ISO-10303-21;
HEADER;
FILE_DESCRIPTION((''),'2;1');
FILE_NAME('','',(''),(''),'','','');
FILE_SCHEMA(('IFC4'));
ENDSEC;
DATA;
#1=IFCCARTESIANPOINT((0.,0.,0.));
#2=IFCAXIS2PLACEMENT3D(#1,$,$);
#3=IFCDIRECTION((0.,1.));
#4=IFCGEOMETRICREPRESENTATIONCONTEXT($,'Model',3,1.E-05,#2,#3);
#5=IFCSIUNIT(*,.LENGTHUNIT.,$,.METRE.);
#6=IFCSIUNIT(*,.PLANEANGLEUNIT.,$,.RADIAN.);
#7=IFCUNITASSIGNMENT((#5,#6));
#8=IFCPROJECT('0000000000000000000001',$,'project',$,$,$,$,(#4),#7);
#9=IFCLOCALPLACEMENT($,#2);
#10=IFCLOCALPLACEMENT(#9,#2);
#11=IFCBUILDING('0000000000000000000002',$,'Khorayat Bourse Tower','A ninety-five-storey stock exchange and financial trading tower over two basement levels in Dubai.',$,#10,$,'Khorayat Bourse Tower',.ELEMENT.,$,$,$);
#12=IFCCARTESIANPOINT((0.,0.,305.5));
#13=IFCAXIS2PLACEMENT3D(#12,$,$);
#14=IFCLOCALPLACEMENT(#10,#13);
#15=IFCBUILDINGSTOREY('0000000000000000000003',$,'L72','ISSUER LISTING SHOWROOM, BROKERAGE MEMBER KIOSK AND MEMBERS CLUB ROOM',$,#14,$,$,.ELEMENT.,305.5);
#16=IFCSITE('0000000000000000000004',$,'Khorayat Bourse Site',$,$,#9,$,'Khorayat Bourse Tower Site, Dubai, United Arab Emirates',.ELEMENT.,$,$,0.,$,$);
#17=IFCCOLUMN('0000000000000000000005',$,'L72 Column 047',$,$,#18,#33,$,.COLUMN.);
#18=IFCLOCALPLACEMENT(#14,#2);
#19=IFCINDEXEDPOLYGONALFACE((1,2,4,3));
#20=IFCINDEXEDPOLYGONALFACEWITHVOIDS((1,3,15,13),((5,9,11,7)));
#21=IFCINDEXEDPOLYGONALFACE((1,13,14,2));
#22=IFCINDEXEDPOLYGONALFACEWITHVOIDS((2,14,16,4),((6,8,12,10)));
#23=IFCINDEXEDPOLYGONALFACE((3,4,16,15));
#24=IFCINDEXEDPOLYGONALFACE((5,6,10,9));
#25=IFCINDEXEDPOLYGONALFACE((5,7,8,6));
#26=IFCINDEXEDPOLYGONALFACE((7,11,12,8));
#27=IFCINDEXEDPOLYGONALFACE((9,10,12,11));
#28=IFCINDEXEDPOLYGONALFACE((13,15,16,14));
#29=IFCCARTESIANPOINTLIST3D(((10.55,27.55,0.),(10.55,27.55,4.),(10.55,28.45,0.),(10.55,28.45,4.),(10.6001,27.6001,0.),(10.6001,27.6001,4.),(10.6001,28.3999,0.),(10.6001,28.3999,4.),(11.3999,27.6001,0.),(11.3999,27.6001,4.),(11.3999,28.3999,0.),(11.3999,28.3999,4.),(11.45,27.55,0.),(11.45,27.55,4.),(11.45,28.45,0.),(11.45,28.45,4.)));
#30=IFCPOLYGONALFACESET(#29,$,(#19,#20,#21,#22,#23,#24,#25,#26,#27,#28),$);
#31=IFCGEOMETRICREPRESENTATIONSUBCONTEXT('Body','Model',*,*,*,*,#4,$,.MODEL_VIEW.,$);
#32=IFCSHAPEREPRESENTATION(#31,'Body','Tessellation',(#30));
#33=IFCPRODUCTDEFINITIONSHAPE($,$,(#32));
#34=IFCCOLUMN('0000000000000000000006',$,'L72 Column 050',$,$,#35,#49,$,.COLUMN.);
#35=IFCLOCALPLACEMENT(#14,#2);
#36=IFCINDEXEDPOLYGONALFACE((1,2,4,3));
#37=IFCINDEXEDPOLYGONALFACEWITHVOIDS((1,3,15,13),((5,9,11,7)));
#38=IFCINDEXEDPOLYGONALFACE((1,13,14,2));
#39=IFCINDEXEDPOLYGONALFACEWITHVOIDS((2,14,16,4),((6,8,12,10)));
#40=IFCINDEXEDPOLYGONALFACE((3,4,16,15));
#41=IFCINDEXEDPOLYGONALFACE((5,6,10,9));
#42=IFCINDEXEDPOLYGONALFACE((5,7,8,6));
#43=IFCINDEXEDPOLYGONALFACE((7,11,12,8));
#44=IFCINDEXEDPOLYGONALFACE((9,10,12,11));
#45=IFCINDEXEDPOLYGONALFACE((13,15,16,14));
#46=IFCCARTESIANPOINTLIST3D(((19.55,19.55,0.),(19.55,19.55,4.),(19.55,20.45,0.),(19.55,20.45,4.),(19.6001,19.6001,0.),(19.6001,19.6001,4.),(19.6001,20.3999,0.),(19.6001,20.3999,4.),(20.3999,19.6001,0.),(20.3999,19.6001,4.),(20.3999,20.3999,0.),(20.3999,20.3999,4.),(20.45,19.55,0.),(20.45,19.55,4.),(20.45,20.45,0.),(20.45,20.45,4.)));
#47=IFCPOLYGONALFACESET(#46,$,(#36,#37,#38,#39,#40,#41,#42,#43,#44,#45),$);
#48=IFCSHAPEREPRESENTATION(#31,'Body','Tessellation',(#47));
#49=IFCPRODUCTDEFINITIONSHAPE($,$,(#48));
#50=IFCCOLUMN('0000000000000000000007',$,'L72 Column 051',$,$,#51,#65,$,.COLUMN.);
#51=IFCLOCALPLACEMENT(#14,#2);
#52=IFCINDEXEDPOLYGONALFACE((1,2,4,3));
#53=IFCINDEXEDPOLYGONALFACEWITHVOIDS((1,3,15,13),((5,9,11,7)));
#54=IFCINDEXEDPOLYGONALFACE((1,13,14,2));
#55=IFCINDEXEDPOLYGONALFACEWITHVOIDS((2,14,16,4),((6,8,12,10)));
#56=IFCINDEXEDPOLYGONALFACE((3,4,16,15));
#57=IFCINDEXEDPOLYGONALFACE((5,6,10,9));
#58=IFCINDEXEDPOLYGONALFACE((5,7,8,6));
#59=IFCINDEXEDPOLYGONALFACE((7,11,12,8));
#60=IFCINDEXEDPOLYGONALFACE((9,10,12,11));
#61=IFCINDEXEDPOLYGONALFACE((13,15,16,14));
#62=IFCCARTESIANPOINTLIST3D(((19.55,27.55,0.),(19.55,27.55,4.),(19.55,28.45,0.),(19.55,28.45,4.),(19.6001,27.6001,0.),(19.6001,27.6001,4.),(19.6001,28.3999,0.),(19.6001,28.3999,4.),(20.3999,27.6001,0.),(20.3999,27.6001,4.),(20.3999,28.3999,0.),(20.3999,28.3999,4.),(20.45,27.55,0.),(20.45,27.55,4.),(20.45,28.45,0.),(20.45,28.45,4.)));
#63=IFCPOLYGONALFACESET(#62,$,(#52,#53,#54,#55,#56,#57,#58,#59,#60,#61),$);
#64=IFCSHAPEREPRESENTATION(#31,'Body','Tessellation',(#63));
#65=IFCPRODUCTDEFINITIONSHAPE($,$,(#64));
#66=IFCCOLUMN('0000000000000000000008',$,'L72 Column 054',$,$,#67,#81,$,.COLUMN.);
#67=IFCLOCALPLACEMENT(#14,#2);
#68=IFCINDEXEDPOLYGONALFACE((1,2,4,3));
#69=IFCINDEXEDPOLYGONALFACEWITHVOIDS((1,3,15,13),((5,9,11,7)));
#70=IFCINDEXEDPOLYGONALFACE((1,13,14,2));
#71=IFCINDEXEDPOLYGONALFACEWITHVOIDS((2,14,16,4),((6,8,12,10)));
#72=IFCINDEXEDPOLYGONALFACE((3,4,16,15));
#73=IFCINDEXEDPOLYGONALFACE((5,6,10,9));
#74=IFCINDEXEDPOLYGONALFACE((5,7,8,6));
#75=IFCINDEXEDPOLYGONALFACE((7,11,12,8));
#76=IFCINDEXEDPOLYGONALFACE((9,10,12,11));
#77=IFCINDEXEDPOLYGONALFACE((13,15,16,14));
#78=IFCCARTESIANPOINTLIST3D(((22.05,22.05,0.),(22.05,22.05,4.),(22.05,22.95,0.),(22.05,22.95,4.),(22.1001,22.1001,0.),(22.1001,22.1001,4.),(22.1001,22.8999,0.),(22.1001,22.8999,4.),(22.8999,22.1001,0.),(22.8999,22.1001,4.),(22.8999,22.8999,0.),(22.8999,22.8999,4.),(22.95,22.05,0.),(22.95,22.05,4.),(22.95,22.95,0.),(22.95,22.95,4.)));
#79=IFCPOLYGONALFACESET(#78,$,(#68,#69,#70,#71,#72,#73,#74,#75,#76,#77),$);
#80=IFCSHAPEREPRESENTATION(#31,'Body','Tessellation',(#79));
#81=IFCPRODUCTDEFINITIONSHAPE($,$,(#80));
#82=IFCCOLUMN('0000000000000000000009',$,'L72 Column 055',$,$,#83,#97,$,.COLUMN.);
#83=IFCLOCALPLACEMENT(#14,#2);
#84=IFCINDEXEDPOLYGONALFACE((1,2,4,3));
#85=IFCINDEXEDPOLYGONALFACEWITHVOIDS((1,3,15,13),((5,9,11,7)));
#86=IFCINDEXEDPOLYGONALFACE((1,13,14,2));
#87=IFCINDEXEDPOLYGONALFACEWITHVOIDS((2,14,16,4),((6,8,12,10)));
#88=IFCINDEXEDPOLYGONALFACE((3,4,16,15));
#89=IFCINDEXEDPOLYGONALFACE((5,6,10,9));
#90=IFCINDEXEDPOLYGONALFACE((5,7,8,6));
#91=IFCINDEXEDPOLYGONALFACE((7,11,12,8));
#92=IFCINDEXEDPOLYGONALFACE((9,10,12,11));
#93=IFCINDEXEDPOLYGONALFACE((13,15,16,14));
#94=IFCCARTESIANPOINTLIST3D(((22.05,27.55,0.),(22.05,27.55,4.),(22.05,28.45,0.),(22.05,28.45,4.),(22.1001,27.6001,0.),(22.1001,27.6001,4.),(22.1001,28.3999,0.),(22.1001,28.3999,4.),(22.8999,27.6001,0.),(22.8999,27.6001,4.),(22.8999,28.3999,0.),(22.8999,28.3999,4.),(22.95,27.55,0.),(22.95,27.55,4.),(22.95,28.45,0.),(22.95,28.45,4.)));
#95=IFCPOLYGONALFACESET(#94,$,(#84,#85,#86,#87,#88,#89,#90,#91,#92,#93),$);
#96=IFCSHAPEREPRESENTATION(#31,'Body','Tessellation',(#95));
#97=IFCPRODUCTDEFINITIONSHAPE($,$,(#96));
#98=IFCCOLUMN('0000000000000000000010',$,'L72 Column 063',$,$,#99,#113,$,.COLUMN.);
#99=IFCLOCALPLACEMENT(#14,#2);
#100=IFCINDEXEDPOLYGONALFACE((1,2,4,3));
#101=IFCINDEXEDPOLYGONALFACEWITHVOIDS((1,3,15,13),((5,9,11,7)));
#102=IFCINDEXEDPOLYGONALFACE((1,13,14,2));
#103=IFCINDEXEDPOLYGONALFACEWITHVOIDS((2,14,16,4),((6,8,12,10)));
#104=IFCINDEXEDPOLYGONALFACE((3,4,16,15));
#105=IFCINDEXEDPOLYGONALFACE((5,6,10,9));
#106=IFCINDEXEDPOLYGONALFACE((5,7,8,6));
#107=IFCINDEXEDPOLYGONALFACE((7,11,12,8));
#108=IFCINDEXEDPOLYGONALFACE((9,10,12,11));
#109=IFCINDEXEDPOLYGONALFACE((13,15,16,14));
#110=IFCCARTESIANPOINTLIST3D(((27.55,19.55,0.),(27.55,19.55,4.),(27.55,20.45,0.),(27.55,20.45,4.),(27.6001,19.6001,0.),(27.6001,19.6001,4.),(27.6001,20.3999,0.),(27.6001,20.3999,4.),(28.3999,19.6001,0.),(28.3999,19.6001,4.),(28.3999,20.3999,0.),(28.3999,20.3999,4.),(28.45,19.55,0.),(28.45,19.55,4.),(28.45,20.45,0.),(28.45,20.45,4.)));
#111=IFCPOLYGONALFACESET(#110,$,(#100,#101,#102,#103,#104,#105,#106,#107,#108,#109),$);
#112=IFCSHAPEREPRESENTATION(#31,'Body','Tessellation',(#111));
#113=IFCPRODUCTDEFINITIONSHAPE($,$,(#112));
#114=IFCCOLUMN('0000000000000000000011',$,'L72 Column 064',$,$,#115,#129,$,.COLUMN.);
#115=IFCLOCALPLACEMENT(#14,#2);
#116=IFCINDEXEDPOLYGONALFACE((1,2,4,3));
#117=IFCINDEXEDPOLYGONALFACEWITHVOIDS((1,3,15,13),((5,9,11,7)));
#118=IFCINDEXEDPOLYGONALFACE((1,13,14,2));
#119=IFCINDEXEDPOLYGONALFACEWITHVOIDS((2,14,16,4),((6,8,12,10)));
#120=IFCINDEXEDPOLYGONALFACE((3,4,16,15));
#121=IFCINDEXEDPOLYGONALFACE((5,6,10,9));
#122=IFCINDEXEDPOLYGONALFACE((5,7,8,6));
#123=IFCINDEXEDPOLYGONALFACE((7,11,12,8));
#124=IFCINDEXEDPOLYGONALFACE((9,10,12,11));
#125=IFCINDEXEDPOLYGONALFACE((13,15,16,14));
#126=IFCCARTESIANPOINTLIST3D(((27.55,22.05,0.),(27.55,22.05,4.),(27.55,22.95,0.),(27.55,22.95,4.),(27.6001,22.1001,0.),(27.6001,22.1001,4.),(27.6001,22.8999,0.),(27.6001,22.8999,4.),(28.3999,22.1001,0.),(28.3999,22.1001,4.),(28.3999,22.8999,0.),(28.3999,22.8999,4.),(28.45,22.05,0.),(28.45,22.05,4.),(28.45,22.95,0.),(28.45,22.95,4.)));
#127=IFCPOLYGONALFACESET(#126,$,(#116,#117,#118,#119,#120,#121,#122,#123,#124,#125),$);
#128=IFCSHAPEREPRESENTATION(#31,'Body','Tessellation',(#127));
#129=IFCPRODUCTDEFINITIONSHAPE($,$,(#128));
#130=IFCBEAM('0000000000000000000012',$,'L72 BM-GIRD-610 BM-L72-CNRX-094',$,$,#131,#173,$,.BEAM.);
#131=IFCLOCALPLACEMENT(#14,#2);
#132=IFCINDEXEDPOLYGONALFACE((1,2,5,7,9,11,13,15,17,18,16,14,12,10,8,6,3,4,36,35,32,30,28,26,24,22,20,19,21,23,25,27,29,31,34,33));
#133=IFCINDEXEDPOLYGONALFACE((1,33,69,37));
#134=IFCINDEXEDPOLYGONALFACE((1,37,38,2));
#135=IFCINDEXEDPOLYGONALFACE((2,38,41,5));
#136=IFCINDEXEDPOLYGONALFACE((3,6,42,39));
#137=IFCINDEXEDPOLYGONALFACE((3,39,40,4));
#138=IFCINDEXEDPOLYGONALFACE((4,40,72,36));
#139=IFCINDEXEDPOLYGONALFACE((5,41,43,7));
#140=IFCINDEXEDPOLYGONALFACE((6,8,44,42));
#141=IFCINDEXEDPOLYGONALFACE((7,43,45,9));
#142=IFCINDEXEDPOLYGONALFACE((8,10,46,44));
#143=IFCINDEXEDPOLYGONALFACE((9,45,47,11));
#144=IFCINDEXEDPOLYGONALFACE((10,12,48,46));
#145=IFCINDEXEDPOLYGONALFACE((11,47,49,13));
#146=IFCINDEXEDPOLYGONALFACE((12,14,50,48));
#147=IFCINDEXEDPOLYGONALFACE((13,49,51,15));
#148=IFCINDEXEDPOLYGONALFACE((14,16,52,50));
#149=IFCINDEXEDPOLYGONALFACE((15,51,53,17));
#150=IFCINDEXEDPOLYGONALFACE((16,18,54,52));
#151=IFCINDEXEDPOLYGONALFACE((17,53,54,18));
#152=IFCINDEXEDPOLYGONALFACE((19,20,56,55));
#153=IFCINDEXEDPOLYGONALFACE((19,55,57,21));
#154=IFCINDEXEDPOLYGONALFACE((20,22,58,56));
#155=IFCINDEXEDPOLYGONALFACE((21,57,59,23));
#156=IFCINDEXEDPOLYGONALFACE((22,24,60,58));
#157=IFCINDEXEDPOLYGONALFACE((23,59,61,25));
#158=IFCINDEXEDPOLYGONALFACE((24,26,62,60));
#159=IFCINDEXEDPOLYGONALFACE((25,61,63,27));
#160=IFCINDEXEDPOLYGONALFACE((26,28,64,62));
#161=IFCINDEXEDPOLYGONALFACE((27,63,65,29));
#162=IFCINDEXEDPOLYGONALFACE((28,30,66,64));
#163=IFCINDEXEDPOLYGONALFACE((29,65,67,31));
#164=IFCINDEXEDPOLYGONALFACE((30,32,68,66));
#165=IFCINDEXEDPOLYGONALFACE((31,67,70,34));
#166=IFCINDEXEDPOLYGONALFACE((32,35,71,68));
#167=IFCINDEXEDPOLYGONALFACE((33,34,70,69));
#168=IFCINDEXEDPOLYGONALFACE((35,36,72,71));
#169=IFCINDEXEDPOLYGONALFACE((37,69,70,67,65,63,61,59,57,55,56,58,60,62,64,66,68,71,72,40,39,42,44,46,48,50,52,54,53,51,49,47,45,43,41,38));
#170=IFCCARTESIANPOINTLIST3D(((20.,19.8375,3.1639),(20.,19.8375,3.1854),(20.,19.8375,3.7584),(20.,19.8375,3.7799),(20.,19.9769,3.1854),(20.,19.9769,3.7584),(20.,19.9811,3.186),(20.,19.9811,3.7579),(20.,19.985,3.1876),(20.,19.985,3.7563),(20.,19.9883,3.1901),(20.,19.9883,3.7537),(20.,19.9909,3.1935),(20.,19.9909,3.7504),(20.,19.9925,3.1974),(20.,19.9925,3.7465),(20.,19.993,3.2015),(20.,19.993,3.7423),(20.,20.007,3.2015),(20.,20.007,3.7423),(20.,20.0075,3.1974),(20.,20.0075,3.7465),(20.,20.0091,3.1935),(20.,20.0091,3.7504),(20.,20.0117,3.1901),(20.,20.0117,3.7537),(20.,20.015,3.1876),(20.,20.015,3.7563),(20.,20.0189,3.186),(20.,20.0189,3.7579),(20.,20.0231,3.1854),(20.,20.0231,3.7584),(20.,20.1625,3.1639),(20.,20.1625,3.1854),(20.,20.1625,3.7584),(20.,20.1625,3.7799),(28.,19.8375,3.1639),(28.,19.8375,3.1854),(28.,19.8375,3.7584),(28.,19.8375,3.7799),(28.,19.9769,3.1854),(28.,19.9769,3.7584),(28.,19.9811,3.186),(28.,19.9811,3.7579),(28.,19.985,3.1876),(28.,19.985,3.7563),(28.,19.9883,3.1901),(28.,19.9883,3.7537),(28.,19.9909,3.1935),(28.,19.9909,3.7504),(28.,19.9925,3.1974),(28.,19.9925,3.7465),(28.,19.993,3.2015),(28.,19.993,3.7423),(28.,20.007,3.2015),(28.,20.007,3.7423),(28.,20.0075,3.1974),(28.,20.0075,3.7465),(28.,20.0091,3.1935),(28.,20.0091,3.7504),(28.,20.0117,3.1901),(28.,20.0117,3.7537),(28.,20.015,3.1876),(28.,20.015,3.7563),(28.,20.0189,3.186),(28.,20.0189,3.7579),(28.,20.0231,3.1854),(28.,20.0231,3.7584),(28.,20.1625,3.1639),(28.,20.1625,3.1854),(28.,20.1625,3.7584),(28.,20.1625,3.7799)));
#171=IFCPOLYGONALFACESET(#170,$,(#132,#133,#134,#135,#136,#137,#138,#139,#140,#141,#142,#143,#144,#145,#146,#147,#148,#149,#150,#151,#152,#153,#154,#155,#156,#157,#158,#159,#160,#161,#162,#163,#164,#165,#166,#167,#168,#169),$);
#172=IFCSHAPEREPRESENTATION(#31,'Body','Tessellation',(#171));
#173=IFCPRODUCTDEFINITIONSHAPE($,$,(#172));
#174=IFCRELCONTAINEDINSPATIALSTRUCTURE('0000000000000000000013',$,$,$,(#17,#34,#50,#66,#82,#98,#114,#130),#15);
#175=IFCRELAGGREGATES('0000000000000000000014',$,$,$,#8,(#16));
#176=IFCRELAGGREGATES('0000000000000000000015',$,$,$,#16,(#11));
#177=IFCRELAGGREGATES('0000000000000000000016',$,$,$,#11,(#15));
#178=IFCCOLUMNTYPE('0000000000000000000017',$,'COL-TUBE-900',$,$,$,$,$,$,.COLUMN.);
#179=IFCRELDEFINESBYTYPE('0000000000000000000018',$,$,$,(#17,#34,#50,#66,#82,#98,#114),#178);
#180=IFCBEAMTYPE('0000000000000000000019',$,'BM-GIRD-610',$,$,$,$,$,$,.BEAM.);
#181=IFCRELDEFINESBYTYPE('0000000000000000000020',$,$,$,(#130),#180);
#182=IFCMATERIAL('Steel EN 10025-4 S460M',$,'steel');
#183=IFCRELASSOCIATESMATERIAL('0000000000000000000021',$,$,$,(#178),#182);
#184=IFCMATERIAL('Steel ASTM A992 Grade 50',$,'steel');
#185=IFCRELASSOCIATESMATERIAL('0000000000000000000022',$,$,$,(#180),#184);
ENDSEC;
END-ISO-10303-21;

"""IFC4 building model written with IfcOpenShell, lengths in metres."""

from ifc_helpers import new_model, si_unit, direction, frame, origin, origin_2d, place, context, subcontext, project, spatial, hollow_rectangle, i_section, extrude, source, transform, mapped, material, material_profile, profile_set, type_object, element, save


model = new_model("IFC4")

# Units and contexts
model_context = context("Model", 3, precision=1e-05, world=origin(), true_north=direction((0.0, 1.0)))
body_context = subcontext(model_context, "Body", "Model", "MODEL_VIEW")
ifc_project = project(units=[si_unit("LENGTHUNIT", "METRE"), si_unit("PLANEANGLEUNIT", "RADIAN")], contexts=[model_context])

# Site, building, storey
site_placement = place(None, origin())
site = spatial("IfcSite", under=ifc_project, at=site_placement, Name="Khorayat Bourse Site", LongName="Khorayat Bourse Tower Site, Dubai, United Arab Emirates", CompositionType="ELEMENT", RefElevation=0.0)
building_placement = place(site_placement, origin())
building = spatial("IfcBuilding", under=site, at=building_placement, Name="Khorayat Bourse Tower", Description="A ninety-five-storey stock exchange and financial trading tower over two basement levels in Dubai.", LongName="Khorayat Bourse Tower", CompositionType="ELEMENT")
storey_placement = place(building_placement, frame((0.0, 0.0, 305.5)))
storey = spatial("IfcBuildingStorey", under=building, at=storey_placement, Name="L72", Description="ISSUER LISTING SHOWROOM, BROKERAGE MEMBER KIOSK AND MEMBERS CLUB ROOM", CompositionType="ELEMENT", Elevation=305.5)

# Columns
ifc_material_1 = material(Name="Steel EN 10025-4 S460M", Category="steel")
ifc_material_profile_1 = material_profile(ifc_material_1, hollow_rectangle(XDim=0.8999, YDim=0.8999, WallThickness=0.05, at=origin_2d()), Name="BOX 900x900x50")
ifc_profile_set_1 = profile_set([ifc_material_profile_1], Name="Steel EN 10025-4 S460M")
column_type = type_object("IfcColumnType", Name="COL-TUBE-900", PredefinedType="COLUMN", material=ifc_profile_set_1)
shared_shape_1 = source(origin(), body_context, "Body", "SweptSolid", [
    extrude(hollow_rectangle(XDim=0.8999, YDim=0.8999, WallThickness=0.05, at=origin_2d()), origin(), (0.0, 0.0, 1.0), 4.0),
])
for number, where, z_axis, x_axis, name in (
    (1, (11.0, 28.0, 0.0), (0.0, 0.0, 1.0), (1.0, 0.0, 0.0), "L72 Column 047"),
    (2, (20.0, 20.0, 0.0), (0.0, 0.0, 1.0), (1.0, 0.0, 0.0), "L72 Column 050"),
    (3, (20.0, 28.0, 0.0), (0.0, 0.0, 1.0), (1.0, 0.0, 0.0), "L72 Column 051"),
    (4, (22.5, 22.5, 0.0), (0.0, 0.0, 1.0), (1.0, 0.0, 0.0), "L72 Column 054"),
    (5, (22.5, 28.0, 0.0), (0.0, 0.0, 1.0), (1.0, 0.0, 0.0), "L72 Column 055"),
    (6, (28.0, 20.0, 0.0), (0.0, 0.0, 1.0), (1.0, 0.0, 0.0), "L72 Column 063"),
    (7, (28.0, 22.5, 0.0), (0.0, 0.0, 1.0), (1.0, 0.0, 0.0), "L72 Column 064"),
):
    element("IfcColumn", number, at=place(storey_placement, frame(where, z_axis=z_axis, x_axis=x_axis)), inside=storey, type_object=column_type, Name=name, PredefinedType="COLUMN", context=body_context, shape_type="MappedRepresentation", body=[
        mapped(shared_shape_1, transform((0.0, 0.0, 0.0), scale=1.0)),
    ])

# Beam
ifc_material_2 = material(Name="Steel ASTM A992 Grade 50", Category="steel")
ifc_material_profile_2 = material_profile(ifc_material_2, i_section(OverallWidth=0.325, OverallDepth=0.616, WebThickness=0.0139, FlangeThickness=0.0215, FilletRadius=0.0161, at=origin_2d()), Name="W610X174")
ifc_profile_set_2 = profile_set([ifc_material_profile_2], Name="Steel ASTM A992 Grade 50")
beam_type_1 = type_object("IfcBeamType", Name="BM-GIRD-610", PredefinedType="BEAM", material=ifc_profile_set_2)
shared_shape_2 = source(origin(), body_context, "Body", "SweptSolid", [
    extrude(i_section(OverallWidth=0.325, OverallDepth=0.616, WebThickness=0.0139, FlangeThickness=0.0215, FilletRadius=0.0161, at=origin_2d()), origin(), (0.0, 0.0, 1.0), 8.0),
])
beam_1_placement = place(storey_placement, frame((20.0, 20.0, 3.4719), z_axis=(1.0, 0.0, 0.0), x_axis=(0.0, 1.0, 0.0)))
element("IfcBeam", 8, at=beam_1_placement, inside=storey, type_object=beam_type_1, Name="L72 BM-GIRD-610 BM-L72-CNRX-094", PredefinedType="BEAM", context=body_context, shape_type="MappedRepresentation", body=[
    mapped(shared_shape_2, transform((0.0, 0.0, 0.0), scale=1.0)),
])

save(model, "model.ifc")
